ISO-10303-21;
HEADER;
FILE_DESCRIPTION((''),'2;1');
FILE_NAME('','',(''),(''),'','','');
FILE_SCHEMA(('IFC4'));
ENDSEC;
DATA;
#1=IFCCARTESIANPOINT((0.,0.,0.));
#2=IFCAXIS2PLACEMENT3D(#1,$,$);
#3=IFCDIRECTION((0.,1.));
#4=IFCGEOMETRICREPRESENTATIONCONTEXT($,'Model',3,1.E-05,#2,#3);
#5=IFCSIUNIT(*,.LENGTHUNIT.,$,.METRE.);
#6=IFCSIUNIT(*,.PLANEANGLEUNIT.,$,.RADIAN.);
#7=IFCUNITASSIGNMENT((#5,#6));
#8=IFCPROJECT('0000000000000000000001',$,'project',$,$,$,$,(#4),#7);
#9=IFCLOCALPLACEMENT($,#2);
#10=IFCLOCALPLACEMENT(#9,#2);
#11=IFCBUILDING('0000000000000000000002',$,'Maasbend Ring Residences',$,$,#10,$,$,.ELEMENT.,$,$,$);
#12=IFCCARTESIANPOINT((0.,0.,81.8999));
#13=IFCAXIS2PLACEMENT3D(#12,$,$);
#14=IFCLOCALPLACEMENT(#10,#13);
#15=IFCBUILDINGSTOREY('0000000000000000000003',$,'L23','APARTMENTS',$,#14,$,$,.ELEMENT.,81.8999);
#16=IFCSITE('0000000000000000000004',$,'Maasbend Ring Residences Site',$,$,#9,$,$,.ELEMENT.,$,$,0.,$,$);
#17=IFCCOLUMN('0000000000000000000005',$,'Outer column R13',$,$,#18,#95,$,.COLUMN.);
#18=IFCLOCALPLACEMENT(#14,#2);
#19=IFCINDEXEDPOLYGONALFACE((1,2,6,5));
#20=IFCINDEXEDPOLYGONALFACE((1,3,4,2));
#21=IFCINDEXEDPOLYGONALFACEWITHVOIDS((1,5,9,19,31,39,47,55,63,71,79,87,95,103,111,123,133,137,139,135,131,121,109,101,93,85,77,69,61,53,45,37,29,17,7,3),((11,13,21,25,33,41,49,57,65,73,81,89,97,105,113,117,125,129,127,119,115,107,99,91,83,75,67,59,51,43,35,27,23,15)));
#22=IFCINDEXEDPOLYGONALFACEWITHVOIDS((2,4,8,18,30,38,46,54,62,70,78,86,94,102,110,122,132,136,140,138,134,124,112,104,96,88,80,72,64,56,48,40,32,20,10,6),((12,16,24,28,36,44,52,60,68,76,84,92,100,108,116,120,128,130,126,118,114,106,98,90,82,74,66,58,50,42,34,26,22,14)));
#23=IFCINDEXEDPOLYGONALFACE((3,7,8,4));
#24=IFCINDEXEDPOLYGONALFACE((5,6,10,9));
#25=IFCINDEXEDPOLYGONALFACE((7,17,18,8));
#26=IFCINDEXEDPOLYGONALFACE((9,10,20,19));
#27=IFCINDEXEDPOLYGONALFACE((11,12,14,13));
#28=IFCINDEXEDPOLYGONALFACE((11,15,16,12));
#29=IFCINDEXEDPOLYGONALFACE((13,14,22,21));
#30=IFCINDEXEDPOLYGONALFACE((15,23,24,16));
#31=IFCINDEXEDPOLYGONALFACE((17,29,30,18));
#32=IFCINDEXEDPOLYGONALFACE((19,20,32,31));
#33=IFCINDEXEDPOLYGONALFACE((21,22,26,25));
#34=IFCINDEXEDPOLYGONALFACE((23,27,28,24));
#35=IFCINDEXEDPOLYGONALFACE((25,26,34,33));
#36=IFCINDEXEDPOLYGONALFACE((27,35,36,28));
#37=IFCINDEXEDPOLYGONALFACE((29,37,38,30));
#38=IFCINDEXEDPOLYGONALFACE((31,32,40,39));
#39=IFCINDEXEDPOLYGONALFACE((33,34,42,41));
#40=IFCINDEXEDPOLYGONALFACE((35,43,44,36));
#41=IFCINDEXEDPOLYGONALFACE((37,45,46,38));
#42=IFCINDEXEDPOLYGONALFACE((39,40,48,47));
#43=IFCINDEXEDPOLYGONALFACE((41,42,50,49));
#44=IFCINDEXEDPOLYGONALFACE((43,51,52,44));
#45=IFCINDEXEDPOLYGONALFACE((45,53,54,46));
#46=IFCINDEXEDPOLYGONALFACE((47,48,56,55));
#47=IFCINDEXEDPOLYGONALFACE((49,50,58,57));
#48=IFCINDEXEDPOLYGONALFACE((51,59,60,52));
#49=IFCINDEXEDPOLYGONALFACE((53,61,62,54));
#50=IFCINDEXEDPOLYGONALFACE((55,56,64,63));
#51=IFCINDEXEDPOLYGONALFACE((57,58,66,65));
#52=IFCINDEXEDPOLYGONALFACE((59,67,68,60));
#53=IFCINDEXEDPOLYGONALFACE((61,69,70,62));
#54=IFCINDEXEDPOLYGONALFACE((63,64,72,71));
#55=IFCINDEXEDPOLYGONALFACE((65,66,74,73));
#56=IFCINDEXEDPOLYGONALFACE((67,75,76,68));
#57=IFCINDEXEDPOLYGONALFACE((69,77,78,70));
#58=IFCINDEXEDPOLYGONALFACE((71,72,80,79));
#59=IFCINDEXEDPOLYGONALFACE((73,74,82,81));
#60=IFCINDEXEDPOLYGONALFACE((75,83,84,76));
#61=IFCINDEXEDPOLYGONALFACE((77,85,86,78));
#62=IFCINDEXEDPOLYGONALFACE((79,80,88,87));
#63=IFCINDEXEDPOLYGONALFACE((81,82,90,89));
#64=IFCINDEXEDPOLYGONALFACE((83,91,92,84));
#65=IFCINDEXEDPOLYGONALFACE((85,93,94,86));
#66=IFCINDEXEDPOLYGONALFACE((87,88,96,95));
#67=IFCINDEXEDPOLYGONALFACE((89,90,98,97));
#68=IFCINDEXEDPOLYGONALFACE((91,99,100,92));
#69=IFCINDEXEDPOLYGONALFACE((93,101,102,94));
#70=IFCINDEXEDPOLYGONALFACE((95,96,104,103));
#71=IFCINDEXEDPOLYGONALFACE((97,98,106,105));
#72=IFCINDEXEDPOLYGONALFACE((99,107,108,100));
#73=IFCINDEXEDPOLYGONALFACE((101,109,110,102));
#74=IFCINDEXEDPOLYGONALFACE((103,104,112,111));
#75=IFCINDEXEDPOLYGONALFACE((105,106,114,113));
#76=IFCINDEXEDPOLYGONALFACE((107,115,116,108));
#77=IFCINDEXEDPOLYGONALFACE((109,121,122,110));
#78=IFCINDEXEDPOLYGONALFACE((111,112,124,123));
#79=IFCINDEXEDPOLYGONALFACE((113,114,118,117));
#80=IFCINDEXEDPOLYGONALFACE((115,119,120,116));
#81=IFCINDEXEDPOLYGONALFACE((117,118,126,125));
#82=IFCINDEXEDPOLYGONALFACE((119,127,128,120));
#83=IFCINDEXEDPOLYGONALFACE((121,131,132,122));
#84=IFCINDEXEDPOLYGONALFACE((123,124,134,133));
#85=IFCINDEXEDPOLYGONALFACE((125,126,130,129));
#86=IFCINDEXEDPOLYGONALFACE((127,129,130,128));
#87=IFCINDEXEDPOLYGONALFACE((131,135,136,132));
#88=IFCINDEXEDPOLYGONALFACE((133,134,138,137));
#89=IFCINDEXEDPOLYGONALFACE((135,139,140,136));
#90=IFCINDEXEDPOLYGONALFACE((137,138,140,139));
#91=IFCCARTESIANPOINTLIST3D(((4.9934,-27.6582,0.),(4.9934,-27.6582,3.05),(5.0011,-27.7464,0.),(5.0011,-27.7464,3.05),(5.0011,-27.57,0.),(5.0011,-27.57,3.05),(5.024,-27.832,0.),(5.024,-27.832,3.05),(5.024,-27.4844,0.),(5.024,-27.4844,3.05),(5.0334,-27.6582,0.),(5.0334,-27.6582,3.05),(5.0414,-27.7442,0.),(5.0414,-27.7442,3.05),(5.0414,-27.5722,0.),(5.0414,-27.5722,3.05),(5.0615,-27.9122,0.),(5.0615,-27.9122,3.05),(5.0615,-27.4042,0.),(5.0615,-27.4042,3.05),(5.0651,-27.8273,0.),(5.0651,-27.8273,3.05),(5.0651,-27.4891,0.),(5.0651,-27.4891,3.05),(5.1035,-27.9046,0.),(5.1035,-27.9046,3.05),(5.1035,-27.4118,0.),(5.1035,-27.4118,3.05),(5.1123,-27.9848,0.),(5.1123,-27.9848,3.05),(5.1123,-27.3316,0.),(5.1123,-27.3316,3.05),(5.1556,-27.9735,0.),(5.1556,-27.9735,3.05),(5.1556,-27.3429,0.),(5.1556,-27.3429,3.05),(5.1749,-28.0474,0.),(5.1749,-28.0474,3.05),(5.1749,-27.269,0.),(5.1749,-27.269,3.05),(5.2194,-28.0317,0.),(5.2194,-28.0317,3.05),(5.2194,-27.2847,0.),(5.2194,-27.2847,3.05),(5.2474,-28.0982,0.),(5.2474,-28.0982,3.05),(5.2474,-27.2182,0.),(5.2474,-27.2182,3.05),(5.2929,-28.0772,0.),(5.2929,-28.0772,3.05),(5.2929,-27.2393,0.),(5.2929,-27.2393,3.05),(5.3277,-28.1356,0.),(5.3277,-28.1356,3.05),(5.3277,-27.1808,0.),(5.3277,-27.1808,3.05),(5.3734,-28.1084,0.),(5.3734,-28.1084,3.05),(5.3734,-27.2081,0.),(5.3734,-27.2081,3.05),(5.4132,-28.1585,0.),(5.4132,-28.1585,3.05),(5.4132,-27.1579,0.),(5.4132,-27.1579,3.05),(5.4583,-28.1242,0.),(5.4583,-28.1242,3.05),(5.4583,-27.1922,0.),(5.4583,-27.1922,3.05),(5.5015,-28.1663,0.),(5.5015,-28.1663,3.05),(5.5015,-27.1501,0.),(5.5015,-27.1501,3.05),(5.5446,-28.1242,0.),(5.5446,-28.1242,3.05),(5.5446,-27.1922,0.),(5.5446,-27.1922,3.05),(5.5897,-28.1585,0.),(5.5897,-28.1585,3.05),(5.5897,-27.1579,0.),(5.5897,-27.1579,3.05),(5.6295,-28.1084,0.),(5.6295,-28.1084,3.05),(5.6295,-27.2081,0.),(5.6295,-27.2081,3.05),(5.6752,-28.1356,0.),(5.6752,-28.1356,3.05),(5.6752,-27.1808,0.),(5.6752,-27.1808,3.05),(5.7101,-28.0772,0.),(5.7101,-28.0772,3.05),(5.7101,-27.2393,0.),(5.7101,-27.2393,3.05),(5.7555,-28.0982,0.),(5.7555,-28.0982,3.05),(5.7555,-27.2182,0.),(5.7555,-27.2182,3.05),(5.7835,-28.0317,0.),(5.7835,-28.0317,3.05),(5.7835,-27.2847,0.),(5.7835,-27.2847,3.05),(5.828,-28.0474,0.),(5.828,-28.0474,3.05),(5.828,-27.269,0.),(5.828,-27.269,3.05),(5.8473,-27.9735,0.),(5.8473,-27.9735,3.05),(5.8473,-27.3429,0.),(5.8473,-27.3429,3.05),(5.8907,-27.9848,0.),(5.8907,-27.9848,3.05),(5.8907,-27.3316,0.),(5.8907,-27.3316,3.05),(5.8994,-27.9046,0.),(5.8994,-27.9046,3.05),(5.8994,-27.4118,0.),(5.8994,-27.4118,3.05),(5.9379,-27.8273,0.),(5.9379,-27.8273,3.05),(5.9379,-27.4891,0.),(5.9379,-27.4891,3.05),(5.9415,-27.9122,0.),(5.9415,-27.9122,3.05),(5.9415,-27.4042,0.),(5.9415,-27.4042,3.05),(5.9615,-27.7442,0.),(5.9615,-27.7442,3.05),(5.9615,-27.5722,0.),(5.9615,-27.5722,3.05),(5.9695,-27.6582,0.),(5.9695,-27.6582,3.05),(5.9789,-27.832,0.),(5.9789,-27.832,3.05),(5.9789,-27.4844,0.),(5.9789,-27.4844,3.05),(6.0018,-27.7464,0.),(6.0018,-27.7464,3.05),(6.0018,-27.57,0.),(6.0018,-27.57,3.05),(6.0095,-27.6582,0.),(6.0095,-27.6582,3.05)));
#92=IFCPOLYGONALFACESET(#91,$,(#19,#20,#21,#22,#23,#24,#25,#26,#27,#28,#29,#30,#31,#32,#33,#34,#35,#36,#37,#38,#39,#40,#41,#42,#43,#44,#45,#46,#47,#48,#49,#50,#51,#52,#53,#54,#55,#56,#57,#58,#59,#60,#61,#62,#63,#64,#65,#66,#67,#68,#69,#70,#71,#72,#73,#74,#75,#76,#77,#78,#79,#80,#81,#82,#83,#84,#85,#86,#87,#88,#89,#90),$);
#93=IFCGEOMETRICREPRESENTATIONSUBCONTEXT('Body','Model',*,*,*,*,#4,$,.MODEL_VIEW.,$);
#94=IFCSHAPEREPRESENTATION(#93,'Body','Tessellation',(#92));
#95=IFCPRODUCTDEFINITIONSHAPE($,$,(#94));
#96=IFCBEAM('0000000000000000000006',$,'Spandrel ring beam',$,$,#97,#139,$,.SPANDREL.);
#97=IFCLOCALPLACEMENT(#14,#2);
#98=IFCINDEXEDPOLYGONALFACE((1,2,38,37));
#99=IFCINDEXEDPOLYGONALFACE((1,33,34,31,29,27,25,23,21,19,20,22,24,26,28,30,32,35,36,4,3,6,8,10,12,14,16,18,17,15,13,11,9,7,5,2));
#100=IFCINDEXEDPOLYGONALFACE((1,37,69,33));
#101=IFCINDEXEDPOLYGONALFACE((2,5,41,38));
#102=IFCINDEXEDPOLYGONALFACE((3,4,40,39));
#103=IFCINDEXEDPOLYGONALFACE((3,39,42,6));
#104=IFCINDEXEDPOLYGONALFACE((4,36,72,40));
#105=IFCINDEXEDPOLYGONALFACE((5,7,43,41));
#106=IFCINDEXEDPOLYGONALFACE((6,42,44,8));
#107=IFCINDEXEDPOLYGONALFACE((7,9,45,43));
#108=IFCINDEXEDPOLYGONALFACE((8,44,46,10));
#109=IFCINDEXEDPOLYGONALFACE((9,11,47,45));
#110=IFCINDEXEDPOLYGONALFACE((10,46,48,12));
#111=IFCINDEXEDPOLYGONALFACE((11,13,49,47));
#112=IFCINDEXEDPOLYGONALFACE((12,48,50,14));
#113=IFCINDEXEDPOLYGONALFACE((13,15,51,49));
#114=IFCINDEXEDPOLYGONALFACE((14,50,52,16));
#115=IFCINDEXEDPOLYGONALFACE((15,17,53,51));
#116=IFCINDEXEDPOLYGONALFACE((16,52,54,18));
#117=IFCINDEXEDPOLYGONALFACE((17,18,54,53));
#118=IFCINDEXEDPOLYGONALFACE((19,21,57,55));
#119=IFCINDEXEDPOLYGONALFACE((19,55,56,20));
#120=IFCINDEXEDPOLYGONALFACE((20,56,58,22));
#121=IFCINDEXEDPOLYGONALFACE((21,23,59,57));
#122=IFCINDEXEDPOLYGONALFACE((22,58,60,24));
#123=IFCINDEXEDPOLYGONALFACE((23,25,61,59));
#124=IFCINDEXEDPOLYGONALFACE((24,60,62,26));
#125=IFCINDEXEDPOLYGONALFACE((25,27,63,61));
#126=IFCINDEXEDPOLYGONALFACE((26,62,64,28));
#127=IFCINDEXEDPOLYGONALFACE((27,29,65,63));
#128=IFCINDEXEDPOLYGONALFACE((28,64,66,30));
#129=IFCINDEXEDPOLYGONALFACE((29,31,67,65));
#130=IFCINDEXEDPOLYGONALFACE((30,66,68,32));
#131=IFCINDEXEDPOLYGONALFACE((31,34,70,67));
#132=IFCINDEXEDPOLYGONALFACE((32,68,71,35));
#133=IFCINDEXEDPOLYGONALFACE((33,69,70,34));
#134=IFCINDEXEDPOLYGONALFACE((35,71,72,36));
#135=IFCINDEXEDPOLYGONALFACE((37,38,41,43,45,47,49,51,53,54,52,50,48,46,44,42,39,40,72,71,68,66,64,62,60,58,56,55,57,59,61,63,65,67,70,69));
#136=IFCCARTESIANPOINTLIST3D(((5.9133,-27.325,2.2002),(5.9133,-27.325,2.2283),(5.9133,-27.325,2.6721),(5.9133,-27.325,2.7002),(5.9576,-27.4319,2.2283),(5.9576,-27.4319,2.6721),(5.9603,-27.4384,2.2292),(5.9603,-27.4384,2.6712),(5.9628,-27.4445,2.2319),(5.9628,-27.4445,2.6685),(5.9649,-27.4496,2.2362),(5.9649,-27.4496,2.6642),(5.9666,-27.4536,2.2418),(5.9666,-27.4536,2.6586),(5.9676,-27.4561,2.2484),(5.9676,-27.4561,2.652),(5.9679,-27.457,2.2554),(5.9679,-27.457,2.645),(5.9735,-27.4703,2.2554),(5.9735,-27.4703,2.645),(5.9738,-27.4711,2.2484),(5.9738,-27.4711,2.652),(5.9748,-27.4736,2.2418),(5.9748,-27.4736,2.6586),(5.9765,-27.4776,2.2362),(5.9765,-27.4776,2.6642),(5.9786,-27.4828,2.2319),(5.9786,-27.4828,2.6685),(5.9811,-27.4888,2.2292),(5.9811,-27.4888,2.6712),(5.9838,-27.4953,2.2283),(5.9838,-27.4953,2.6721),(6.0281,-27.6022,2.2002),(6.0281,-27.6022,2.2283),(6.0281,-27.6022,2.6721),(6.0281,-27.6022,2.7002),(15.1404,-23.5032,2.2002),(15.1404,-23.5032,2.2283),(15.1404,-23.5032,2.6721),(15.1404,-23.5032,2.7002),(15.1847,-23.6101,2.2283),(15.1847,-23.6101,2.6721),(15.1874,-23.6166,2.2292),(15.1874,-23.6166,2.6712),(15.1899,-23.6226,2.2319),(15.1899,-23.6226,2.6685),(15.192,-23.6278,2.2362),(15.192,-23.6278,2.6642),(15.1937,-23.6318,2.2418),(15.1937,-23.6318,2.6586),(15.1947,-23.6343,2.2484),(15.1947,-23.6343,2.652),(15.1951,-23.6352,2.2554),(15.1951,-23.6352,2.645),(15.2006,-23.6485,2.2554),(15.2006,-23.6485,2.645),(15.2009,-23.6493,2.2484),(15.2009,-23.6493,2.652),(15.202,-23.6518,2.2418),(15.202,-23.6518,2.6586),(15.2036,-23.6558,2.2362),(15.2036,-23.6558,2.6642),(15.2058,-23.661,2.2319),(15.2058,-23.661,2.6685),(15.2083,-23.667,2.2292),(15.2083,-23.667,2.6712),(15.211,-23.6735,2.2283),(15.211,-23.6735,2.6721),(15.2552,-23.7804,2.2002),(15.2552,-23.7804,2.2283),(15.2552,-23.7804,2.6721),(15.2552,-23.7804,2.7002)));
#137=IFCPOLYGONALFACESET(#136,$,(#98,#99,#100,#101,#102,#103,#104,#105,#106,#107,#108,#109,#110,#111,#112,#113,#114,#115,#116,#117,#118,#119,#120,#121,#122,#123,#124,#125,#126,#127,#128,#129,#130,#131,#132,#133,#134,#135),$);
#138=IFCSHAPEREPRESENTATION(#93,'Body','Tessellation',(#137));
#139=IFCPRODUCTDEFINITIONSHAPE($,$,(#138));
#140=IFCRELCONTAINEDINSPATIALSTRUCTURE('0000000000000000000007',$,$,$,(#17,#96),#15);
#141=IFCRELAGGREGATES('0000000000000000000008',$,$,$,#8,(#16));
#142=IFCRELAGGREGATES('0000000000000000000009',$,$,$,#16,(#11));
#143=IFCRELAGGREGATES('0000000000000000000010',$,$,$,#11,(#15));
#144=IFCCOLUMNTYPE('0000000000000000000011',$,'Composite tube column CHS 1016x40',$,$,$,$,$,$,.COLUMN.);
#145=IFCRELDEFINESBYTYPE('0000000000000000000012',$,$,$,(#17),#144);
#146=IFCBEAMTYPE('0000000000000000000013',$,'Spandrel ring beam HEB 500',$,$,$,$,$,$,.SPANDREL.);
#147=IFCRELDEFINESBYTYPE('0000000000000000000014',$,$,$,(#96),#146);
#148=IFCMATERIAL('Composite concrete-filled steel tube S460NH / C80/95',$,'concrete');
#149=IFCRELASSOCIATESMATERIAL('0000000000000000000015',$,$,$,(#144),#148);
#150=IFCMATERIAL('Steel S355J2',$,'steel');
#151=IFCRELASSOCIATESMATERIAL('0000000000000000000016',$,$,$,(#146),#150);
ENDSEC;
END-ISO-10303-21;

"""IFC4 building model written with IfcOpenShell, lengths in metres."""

from ifc_helpers import new_model, si_unit, direction, frame, origin, origin_2d, place, context, subcontext, project, spatial, hollow_circle, i_section, extrude, material, material_profile, profile_set, type_object, element, save


model = new_model("IFC4")

# Units and contexts
model_context = context("Model", 3, precision=1e-05, world=origin(), true_north=direction((0.0, 1.0)))
body_context = subcontext(model_context, "Body", "Model", "MODEL_VIEW")
ifc_project = project(units=[si_unit("LENGTHUNIT", "METRE"), si_unit("PLANEANGLEUNIT", "RADIAN")], contexts=[model_context])

# Site, building, storey
site_placement = place(None, origin())
site = spatial("IfcSite", under=ifc_project, at=site_placement, Name="Maasbend Ring Residences Site", CompositionType="ELEMENT", RefElevation=0.0)
building_placement = place(site_placement, origin())
building = spatial("IfcBuilding", under=site, at=building_placement, Name="Maasbend Ring Residences", CompositionType="ELEMENT")
storey_placement = place(building_placement, frame((0.0, 0.0, 81.8999)))
storey = spatial("IfcBuildingStorey", under=building, at=storey_placement, Name="L23", Description="APARTMENTS", CompositionType="ELEMENT", Elevation=81.8999)

# Column
ifc_material_1 = material(Name="Composite concrete-filled steel tube S460NH / C80/95", Category="concrete")
ifc_material_profile_1 = material_profile(ifc_material_1, hollow_circle(Radius=0.5081, WallThickness=0.04, at=origin_2d()), Name="Composite tube column CHS 1016x40")
ifc_profile_set_1 = profile_set([ifc_material_profile_1], Name="Composite concrete-filled steel tube S460NH / C80/95")
column_type = type_object("IfcColumnType", Name="Composite tube column CHS 1016x40", PredefinedType="COLUMN", material=ifc_profile_set_1)
column_placement = place(storey_placement, frame((5.5015, -27.6582, 0.0), z_axis=(0.0, 0.0, 1.0), x_axis=(1.0, 0.0, 0.0)))
element("IfcColumn", 1, at=column_placement, inside=storey, type_object=column_type, Name="Outer column R13", PredefinedType="COLUMN", context=body_context, shape_type="SweptSolid", body=[
    extrude(hollow_circle(Radius=0.5081, WallThickness=0.04, at=origin_2d()), origin(), (0.0, 0.0, 1.0), 3.05),
])

# Beam
ifc_material_2 = material(Name="Steel S355J2", Category="steel")
ifc_material_profile_2 = material_profile(ifc_material_2, i_section(OverallWidth=0.3, OverallDepth=0.5, WebThickness=0.0144, FlangeThickness=0.0281, FilletRadius=0.0271, at=origin_2d()), Name="HEB 500")
ifc_profile_set_2 = profile_set([ifc_material_profile_2], Name="Steel S355J2")
beam_type = type_object("IfcBeamType", Name="Spandrel ring beam HEB 500", PredefinedType="SPANDREL", material=ifc_profile_set_2)
beam_placement = place(storey_placement, frame((5.9707, -27.4636, 2.4502), z_axis=(0.923886, 0.382667, 0.0), x_axis=(-0.382667, 0.923886, 0.0)))
element("IfcBeam", 2, at=beam_placement, inside=storey, type_object=beam_type, Name="Spandrel ring beam", PredefinedType="SPANDREL", context=body_context, shape_type="SweptSolid", body=[
    extrude(i_section(OverallWidth=0.3, OverallDepth=0.5, WebThickness=0.0144, FlangeThickness=0.0281, FilletRadius=0.0271, at=origin_2d()), origin(), (0.0, 0.0, 1.0), 9.9873),
])

save(model, "model.ifc")
